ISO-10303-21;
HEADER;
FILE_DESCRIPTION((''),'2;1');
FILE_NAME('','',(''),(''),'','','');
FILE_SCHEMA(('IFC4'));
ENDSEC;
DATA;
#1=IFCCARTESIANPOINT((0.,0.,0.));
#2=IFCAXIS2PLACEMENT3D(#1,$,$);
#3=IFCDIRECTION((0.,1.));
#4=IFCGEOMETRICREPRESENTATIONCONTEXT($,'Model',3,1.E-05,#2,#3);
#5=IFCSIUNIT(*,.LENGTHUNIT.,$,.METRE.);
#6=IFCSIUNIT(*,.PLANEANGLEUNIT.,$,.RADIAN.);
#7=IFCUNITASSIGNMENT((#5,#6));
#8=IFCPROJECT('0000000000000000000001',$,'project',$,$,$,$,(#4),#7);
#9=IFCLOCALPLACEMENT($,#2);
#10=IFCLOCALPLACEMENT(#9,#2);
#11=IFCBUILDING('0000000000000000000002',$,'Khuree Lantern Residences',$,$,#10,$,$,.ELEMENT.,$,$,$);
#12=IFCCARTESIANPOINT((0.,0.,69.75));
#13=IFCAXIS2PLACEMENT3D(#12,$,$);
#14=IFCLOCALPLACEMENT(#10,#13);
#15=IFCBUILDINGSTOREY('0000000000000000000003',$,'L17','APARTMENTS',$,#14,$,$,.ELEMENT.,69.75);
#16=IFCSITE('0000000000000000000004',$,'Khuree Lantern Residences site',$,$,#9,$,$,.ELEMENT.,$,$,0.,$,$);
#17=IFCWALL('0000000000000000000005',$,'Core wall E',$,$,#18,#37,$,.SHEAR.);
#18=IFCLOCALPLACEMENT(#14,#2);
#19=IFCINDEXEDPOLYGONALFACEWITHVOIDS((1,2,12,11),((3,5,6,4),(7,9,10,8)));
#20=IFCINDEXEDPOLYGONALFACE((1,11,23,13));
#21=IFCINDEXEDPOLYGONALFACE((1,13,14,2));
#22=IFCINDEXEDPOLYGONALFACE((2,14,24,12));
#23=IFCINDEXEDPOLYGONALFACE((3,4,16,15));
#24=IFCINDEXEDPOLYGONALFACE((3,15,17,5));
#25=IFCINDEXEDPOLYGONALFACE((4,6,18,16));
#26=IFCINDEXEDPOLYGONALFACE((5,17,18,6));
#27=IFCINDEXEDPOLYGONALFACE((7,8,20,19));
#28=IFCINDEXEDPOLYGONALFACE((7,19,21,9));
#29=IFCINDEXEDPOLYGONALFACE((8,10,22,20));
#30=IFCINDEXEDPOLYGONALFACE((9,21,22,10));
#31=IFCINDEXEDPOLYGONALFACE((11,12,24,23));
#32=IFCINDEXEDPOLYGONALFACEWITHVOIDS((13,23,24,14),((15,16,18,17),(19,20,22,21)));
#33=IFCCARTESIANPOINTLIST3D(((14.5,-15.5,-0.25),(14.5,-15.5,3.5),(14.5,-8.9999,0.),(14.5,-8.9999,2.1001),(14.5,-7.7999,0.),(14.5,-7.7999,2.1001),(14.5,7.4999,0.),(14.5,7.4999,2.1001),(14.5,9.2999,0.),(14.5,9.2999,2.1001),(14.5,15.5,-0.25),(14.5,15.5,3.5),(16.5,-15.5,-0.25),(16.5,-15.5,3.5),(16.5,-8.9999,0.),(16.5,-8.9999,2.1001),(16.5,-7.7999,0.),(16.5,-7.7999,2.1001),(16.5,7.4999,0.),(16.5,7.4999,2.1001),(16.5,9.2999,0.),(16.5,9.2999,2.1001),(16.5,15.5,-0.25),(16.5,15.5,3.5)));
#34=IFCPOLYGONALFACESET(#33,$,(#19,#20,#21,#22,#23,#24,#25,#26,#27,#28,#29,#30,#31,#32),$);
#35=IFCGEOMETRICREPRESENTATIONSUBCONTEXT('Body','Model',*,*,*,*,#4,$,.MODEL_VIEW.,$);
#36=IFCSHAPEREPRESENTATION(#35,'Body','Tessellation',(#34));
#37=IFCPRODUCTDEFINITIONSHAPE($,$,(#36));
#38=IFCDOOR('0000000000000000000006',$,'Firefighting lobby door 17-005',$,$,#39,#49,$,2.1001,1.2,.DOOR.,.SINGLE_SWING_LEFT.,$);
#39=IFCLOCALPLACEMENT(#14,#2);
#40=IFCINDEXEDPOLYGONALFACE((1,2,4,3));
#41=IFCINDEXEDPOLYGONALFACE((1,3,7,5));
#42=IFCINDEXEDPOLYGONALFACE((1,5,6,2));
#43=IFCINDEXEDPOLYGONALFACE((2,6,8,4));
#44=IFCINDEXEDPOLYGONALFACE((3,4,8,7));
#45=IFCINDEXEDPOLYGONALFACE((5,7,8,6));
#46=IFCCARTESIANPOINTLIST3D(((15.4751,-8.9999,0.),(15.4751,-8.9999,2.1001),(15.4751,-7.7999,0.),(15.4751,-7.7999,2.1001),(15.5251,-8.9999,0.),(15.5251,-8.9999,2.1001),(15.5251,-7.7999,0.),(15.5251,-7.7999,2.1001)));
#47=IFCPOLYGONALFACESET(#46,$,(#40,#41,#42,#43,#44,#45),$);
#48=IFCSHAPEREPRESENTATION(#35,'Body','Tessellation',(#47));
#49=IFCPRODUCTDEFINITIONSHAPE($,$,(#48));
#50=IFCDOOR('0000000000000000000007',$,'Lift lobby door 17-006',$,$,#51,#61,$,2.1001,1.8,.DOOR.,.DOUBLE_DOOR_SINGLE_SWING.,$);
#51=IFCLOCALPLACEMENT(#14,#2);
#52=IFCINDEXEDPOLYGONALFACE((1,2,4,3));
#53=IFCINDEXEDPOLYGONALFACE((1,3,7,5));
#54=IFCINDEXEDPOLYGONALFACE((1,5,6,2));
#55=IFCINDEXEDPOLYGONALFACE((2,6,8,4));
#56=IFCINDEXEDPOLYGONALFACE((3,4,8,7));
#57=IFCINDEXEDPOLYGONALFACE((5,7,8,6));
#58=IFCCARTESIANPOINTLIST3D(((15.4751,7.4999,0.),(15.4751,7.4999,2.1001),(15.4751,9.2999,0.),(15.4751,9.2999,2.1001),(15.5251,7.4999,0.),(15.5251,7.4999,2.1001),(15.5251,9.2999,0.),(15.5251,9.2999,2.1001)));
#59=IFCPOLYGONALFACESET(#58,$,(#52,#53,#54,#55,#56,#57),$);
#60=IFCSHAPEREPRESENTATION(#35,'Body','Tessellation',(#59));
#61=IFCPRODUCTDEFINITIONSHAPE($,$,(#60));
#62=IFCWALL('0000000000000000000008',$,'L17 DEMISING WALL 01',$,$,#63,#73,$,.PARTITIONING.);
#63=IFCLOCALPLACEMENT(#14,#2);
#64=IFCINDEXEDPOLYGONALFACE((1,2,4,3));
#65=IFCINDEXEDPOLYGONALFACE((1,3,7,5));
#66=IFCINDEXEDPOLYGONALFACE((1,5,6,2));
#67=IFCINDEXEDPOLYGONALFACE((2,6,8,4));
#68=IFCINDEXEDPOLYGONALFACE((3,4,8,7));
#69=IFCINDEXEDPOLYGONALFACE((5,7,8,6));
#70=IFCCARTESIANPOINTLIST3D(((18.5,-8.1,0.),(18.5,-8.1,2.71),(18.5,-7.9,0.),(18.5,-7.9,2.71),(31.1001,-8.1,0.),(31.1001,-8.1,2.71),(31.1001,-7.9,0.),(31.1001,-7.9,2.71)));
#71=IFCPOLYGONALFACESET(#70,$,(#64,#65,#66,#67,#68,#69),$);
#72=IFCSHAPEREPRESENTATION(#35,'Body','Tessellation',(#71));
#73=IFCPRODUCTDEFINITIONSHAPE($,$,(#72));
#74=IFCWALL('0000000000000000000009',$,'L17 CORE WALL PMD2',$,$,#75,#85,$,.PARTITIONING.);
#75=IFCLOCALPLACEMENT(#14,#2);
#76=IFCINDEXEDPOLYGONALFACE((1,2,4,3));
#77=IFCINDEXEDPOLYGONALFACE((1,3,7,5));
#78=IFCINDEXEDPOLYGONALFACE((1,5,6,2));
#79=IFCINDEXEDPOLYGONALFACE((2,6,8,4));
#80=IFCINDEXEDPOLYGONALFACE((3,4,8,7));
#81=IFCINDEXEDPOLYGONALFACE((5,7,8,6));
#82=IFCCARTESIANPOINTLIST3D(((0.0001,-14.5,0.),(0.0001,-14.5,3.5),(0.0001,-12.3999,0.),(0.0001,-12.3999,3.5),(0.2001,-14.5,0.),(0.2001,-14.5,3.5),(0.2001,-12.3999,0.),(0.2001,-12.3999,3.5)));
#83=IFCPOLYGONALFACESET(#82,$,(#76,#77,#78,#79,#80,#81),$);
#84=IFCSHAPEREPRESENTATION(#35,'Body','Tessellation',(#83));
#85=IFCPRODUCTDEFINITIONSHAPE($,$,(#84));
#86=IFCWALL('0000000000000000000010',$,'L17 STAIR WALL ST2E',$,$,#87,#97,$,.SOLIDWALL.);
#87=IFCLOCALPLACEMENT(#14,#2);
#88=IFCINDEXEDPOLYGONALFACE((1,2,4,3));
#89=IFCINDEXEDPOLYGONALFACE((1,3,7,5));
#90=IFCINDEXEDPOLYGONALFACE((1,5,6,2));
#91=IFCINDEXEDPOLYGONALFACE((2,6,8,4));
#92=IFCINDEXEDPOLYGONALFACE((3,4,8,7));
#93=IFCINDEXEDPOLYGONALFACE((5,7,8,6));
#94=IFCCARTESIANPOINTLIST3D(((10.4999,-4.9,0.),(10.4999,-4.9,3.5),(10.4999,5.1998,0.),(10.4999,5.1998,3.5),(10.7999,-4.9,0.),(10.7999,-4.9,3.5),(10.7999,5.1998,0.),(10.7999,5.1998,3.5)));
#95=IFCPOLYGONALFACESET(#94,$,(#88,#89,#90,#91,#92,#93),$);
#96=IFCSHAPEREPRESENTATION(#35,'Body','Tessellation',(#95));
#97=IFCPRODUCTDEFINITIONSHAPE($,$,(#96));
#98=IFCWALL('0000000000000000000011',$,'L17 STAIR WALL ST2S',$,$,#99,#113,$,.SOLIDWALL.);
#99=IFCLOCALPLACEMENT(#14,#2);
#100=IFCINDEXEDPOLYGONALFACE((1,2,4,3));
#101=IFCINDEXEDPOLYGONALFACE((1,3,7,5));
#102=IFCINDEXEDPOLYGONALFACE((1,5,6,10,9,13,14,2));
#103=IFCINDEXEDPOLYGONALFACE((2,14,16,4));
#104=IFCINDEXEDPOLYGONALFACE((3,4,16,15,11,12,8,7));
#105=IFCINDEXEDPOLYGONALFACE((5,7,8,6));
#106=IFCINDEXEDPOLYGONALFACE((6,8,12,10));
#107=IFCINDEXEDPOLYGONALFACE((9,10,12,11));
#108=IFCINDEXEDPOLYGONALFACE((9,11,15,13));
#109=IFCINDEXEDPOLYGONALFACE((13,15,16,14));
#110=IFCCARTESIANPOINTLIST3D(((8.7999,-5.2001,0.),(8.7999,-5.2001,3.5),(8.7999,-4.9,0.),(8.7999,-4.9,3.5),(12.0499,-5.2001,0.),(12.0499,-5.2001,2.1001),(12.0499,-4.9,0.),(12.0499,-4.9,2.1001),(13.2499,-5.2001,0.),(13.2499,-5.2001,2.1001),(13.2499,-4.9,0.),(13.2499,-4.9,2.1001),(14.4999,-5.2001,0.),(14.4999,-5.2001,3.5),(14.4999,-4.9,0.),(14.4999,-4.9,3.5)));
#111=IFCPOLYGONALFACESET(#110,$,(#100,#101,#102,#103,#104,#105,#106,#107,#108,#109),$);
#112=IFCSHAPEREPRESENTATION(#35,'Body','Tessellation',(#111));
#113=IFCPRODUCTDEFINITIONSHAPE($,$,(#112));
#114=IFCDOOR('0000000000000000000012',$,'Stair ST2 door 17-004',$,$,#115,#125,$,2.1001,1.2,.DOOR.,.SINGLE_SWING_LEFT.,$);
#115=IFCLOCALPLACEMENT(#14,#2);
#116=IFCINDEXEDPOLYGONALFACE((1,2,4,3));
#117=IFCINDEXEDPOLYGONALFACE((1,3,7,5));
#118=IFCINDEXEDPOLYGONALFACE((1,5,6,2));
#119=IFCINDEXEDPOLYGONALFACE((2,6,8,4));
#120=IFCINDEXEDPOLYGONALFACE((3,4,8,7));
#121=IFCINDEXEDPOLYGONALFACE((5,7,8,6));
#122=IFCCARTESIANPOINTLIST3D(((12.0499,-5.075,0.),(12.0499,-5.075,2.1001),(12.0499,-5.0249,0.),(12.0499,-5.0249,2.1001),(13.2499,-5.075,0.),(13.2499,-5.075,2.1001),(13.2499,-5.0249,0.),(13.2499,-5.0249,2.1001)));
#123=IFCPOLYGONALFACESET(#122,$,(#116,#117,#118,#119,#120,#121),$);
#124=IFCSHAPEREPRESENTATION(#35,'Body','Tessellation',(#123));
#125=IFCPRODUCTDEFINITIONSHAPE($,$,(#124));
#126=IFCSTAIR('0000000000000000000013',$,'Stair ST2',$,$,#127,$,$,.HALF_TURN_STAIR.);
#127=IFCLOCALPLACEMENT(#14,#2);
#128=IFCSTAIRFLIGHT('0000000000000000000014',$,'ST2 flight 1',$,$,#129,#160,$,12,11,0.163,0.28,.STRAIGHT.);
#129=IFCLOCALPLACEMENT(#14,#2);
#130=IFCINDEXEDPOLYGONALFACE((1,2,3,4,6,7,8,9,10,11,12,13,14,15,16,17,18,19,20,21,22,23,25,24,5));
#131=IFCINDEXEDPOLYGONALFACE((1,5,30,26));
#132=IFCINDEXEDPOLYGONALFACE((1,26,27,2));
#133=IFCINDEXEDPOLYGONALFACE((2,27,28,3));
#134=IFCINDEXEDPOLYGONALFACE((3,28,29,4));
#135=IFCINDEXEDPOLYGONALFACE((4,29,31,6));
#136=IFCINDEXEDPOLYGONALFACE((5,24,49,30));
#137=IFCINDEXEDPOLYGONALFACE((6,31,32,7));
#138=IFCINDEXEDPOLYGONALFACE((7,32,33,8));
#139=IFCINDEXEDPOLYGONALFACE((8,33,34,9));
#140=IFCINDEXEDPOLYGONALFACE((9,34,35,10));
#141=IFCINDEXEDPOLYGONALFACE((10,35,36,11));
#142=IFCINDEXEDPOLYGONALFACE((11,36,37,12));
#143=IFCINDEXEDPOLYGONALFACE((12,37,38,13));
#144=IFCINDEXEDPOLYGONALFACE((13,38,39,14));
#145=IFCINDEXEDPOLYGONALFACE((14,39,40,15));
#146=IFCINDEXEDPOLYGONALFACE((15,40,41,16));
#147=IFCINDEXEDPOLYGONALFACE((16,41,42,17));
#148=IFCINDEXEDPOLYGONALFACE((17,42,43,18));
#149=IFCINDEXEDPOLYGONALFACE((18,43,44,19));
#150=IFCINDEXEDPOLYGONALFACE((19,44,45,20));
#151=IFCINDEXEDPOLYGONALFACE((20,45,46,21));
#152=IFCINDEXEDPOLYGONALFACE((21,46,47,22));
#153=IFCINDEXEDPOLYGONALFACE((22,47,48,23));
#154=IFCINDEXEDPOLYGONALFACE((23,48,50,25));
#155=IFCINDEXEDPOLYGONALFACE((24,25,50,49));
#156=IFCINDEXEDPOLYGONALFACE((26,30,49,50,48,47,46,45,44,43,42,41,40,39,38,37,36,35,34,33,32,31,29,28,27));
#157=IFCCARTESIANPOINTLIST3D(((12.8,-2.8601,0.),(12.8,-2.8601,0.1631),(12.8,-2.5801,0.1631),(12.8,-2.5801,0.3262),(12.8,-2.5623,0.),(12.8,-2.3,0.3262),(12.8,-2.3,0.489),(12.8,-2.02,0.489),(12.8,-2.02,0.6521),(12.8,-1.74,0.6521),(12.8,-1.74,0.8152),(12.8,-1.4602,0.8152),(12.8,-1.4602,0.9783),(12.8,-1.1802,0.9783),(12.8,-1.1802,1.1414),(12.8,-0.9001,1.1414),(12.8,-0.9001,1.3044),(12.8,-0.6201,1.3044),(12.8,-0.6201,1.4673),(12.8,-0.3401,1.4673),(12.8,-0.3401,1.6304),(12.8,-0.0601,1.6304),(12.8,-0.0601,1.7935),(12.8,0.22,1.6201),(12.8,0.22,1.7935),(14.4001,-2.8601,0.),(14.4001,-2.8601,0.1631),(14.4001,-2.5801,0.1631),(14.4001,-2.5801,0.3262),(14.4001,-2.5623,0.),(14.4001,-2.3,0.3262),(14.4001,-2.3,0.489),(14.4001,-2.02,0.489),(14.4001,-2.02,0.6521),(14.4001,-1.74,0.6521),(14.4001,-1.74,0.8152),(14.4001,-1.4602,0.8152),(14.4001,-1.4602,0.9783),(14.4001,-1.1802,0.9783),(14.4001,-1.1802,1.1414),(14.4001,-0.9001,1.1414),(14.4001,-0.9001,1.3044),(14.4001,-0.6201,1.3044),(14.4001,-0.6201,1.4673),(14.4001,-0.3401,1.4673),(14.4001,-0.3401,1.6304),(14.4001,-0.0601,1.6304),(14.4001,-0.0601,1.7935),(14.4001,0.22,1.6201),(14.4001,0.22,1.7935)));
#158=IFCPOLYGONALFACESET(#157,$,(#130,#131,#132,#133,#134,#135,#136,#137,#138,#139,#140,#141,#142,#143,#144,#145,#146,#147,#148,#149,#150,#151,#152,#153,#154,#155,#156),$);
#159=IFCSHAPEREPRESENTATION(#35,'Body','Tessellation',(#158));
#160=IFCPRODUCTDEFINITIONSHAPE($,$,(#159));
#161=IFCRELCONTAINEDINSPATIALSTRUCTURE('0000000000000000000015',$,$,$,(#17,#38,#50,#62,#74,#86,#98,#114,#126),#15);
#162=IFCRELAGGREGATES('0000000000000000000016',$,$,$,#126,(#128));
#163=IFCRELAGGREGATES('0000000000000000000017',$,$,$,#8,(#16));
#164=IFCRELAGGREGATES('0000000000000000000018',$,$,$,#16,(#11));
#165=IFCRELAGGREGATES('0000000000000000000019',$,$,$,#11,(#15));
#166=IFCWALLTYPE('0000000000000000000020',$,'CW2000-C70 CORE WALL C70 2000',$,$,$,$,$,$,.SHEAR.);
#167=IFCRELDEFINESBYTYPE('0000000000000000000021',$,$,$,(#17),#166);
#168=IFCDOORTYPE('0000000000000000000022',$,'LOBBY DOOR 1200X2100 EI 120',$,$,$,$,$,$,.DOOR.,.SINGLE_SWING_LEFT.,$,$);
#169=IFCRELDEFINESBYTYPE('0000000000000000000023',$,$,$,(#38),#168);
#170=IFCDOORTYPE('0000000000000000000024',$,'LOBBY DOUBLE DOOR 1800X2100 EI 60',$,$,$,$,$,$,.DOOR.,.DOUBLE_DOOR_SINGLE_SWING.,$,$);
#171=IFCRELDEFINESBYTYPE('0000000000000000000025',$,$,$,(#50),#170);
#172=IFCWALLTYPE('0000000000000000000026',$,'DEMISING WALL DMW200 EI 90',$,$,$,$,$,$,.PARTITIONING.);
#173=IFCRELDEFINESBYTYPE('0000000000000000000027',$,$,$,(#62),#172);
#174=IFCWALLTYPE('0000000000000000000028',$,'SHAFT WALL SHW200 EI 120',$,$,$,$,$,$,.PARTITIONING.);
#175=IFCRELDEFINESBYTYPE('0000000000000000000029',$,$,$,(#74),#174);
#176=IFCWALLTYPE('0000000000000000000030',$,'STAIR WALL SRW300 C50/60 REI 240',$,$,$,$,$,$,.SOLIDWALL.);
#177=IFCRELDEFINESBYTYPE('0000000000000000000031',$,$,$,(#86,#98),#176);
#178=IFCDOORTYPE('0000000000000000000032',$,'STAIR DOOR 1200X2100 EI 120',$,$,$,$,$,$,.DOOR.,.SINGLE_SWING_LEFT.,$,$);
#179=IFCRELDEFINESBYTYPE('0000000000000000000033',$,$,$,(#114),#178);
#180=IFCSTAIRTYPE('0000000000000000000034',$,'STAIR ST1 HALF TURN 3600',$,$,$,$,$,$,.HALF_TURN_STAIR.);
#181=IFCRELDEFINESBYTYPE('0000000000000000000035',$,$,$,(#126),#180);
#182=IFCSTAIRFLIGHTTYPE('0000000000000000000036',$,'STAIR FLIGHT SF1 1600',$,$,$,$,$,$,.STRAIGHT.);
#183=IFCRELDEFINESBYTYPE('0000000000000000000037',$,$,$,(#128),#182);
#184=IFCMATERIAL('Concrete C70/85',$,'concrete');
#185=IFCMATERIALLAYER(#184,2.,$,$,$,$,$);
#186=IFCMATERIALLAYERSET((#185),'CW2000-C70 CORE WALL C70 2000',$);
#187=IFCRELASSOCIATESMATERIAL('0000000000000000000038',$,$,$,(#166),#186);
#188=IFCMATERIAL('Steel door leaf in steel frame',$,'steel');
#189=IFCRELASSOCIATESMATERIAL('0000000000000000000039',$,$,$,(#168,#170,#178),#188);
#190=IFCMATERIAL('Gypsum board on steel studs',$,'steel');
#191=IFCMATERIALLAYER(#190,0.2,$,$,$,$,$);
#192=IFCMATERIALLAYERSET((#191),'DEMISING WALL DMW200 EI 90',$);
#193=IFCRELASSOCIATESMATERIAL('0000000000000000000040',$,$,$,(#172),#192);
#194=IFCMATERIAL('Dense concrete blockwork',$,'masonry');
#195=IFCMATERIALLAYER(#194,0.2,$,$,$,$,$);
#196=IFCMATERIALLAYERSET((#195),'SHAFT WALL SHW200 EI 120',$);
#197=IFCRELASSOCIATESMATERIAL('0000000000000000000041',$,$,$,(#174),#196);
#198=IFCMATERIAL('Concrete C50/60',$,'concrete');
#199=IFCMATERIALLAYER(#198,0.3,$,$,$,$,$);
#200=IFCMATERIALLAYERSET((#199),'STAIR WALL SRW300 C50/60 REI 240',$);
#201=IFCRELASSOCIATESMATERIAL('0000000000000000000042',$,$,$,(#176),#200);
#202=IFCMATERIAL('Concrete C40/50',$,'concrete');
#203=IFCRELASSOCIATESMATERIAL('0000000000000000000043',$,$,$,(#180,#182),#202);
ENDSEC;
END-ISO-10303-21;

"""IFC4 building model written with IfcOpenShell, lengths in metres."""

from ifc_helpers import new_model, si_unit, direction, frame, frame_2d, origin, place, context, subcontext, project, spatial, polyline, rectangle, outline, extrude, material, layer, layer_set, type_object, element, fill, aggregate, save


model = new_model("IFC4")

# Units and contexts
model_context = context("Model", 3, precision=1e-05, world=origin(), true_north=direction((0.0, 1.0)))
body_context = subcontext(model_context, "Body", "Model", "MODEL_VIEW")
ifc_project = project(units=[si_unit("LENGTHUNIT", "METRE"), si_unit("PLANEANGLEUNIT", "RADIAN")], contexts=[model_context])

# Site, building, storey
site_placement = place(None, origin())
site = spatial("IfcSite", under=ifc_project, at=site_placement, Name="Khuree Lantern Residences site", CompositionType="ELEMENT", RefElevation=0.0)
building_placement = place(site_placement, origin())
building = spatial("IfcBuilding", under=site, at=building_placement, Name="Khuree Lantern Residences", CompositionType="ELEMENT")
storey_placement = place(building_placement, frame((0.0, 0.0, 69.75)))
storey = spatial("IfcBuildingStorey", under=building, at=storey_placement, Name="L17", Description="APARTMENTS", CompositionType="ELEMENT", Elevation=69.75)

# Shared definitions
ifc_material_1 = material(Name="Concrete C70/85", Category="concrete")

# Shared definitions
ifc_material_2 = material(Name="Dense concrete blockwork", Category="masonry")

# Shared definitions
ifc_material_3 = material(Name="Gypsum board on steel studs", Category="steel")

# Wall, openings, doors
ifc_layer_1 = layer(ifc_material_1, 2.0)
ifc_layer_set_1 = layer_set([ifc_layer_1], Name="CW2000-C70 CORE WALL C70 2000")
wall_type_1 = type_object("IfcWallType", Name="CW2000-C70 CORE WALL C70 2000", PredefinedType="SHEAR", material=ifc_layer_set_1)
wall_1_placement = place(storey_placement, frame((15.5, -15.5, -0.25), z_axis=(0.0, 0.0, 1.0), x_axis=(0.0, 1.0, 0.0)))
wall_1 = element("IfcWall", 1, at=wall_1_placement, inside=storey, type_object=wall_type_1, Name="Core wall E", PredefinedType="SHEAR", context=body_context, shape_type="SweptSolid", body=[
    extrude(rectangle(XDim=31.0, YDim=2.0, at=frame_2d((15.5, 0.0))), origin(), (0.0, 0.0, 1.0), 3.75),
])
opening_1_placement = place(wall_1_placement, frame((6.5, 0.0, 0.25)))
opening_1 = element("IfcOpeningElement", 2, at=opening_1_placement, cuts=wall_1, PredefinedType="OPENING", context=body_context, shape_type="SweptSolid", body=[
    extrude(rectangle(XDim=1.2, YDim=2.1001, at=frame_2d((0.6001, 1.05))), frame((0.0, 1.01, 0.0), z_axis=(0.0, -1.0, 0.0), x_axis=(1.0, 0.0, 0.0)), (0.0, 0.0, 1.0), 2.02),
])
opening_2_placement = place(wall_1_placement, frame((23.0, 0.0, 0.25)))
opening_2 = element("IfcOpeningElement", 3, at=opening_2_placement, cuts=wall_1, PredefinedType="OPENING", context=body_context, shape_type="SweptSolid", body=[
    extrude(rectangle(XDim=1.8, YDim=2.1001, at=frame_2d((0.8999, 1.05))), frame((0.0, 1.01, 0.0), z_axis=(0.0, -1.0, 0.0), x_axis=(1.0, 0.0, 0.0)), (0.0, 0.0, 1.0), 2.02),
])
ifc_material_4 = material(Name="Steel door leaf in steel frame", Category="steel")
door_type_1 = type_object("IfcDoorType", Name="LOBBY DOOR 1200X2100 EI 120", OperationType="SINGLE_SWING_LEFT", PredefinedType="DOOR", material=ifc_material_4)
door_1_placement = place(opening_1_placement, origin())
door_1 = element("IfcDoor", 4, at=door_1_placement, inside=storey, type_object=door_type_1, Name="Firefighting lobby door 17-005", OperationType="SINGLE_SWING_LEFT", OverallHeight=2.1001, OverallWidth=1.2, PredefinedType="DOOR", context=body_context, shape_type="SweptSolid", body=[
    extrude(rectangle(XDim=1.2, YDim=2.1001, at=frame_2d((0.6001, 1.05))), frame((0.0, 0.0249, 0.0), z_axis=(0.0, -1.0, 0.0), x_axis=(1.0, 0.0, 0.0)), (0.0, 0.0, 1.0), 0.05),
])
fill(opening_1, door_1)
door_type_2 = type_object("IfcDoorType", Name="LOBBY DOUBLE DOOR 1800X2100 EI 60", OperationType="DOUBLE_DOOR_SINGLE_SWING", PredefinedType="DOOR", material=ifc_material_4)
door_2_placement = place(opening_2_placement, origin())
door_2 = element("IfcDoor", 5, at=door_2_placement, inside=storey, type_object=door_type_2, Name="Lift lobby door 17-006", OperationType="DOUBLE_DOOR_SINGLE_SWING", OverallHeight=2.1001, OverallWidth=1.8, PredefinedType="DOOR", context=body_context, shape_type="SweptSolid", body=[
    extrude(rectangle(XDim=1.8, YDim=2.1001, at=frame_2d((0.8999, 1.05))), frame((0.0, 0.0249, 0.0), z_axis=(0.0, -1.0, 0.0), x_axis=(1.0, 0.0, 0.0)), (0.0, 0.0, 1.0), 0.05),
])
fill(opening_2, door_2)

# Walls
ifc_layer_2 = layer(ifc_material_3, 0.2)
ifc_layer_set_2 = layer_set([ifc_layer_2], Name="DEMISING WALL DMW200 EI 90")
wall_type_2 = type_object("IfcWallType", Name="DEMISING WALL DMW200 EI 90", PredefinedType="PARTITIONING", material=ifc_layer_set_2)
wall_2_placement = place(storey_placement, frame((18.5, -8.0, 0.0), z_axis=(0.0, 0.0, 1.0), x_axis=(1.0, 0.0, 0.0)))
element("IfcWall", 6, at=wall_2_placement, inside=storey, type_object=wall_type_2, Name="L17 DEMISING WALL 01", PredefinedType="PARTITIONING", context=body_context, shape_type="SweptSolid", body=[
    extrude(rectangle(XDim=12.6001, YDim=0.2, at=frame_2d((6.3, 0.0))), origin(), (0.0, 0.0, 1.0), 2.71),
])
ifc_layer_3 = layer(ifc_material_2, 0.2)
ifc_layer_set_3 = layer_set([ifc_layer_3], Name="SHAFT WALL SHW200 EI 120")
wall_type_3 = type_object("IfcWallType", Name="SHAFT WALL SHW200 EI 120", PredefinedType="PARTITIONING", material=ifc_layer_set_3)
wall_3_placement = place(storey_placement, frame((0.1001, -14.5, 0.0), z_axis=(0.0, 0.0, 1.0), x_axis=(0.0, 1.0, 0.0)))
element("IfcWall", 7, at=wall_3_placement, inside=storey, type_object=wall_type_3, Name="L17 CORE WALL PMD2", PredefinedType="PARTITIONING", context=body_context, shape_type="SweptSolid", body=[
    extrude(rectangle(XDim=2.1001, YDim=0.2, at=frame_2d((1.05, 0.0))), origin(), (0.0, 0.0, 1.0), 3.5),
])
ifc_material_5 = material(Name="Concrete C50/60", Category="concrete")
ifc_layer_4 = layer(ifc_material_5, 0.3)
ifc_layer_set_4 = layer_set([ifc_layer_4], Name="STAIR WALL SRW300 C50/60 REI 240")
wall_type_4 = type_object("IfcWallType", Name="STAIR WALL SRW300 C50/60 REI 240", PredefinedType="SOLIDWALL", material=ifc_layer_set_4)
wall_4_placement = place(storey_placement, frame((10.6499, -4.8999, 0.0), z_axis=(0.0, 0.0, 1.0), x_axis=(0.0, 1.0, 0.0)))
element("IfcWall", 8, at=wall_4_placement, inside=storey, type_object=wall_type_4, Name="L17 STAIR WALL ST2E", PredefinedType="SOLIDWALL", context=body_context, shape_type="SweptSolid", body=[
    extrude(rectangle(XDim=10.0999, YDim=0.3, at=frame_2d((5.0498, 0.0))), origin(), (0.0, 0.0, 1.0), 3.5),
])

# Wall, opening, door
wall_5_placement = place(storey_placement, frame((14.5, -5.05, 0.0), z_axis=(0.0, 0.0, 1.0), x_axis=(-1.0, 0.0, 0.0)))
wall_5 = element("IfcWall", 9, at=wall_5_placement, inside=storey, type_object=wall_type_4, Name="L17 STAIR WALL ST2S", PredefinedType="SOLIDWALL", context=body_context, shape_type="SweptSolid", body=[
    extrude(rectangle(XDim=5.7, YDim=0.3, at=frame_2d((2.8501, 0.0))), origin(), (0.0, 0.0, 1.0), 3.5),
])
opening_3_placement = place(wall_5_placement, frame((1.25, 0.0, 0.0)))
opening_3 = element("IfcOpeningElement", 10, at=opening_3_placement, cuts=wall_5, PredefinedType="OPENING", context=body_context, shape_type="SweptSolid", body=[
    extrude(rectangle(XDim=1.2, YDim=2.1001, at=frame_2d((0.6001, 1.05))), frame((0.0, 0.1602, 0.0), z_axis=(0.0, -1.0, 0.0), x_axis=(1.0, 0.0, 0.0)), (0.0, 0.0, 1.0), 0.3201),
])
door_type_3 = type_object("IfcDoorType", Name="STAIR DOOR 1200X2100 EI 120", OperationType="SINGLE_SWING_LEFT", PredefinedType="DOOR", material=ifc_material_4)
door_3_placement = place(opening_3_placement, origin())
door_3 = element("IfcDoor", 11, at=door_3_placement, inside=storey, type_object=door_type_3, Name="Stair ST2 door 17-004", OperationType="SINGLE_SWING_LEFT", OverallHeight=2.1001, OverallWidth=1.2, PredefinedType="DOOR", context=body_context, shape_type="SweptSolid", body=[
    extrude(rectangle(XDim=1.2, YDim=2.1001, at=frame_2d((0.6001, 1.05))), frame((0.0, 0.0249, 0.0), z_axis=(0.0, -1.0, 0.0), x_axis=(1.0, 0.0, 0.0)), (0.0, 0.0, 1.0), 0.05),
])
fill(opening_3, door_3)

# Stair, stair flight
ifc_material_6 = material(Name="Concrete C40/50", Category="concrete")
stair_type = type_object("IfcStairType", Name="STAIR ST1 HALF TURN 3600", PredefinedType="HALF_TURN_STAIR", material=ifc_material_6)
stair_placement = place(storey_placement, origin())
stair = element("IfcStair", 12, at=stair_placement, inside=storey, type_object=stair_type, Name="Stair ST2", PredefinedType="HALF_TURN_STAIR")
stair_flight_type = type_object("IfcStairFlightType", Name="STAIR FLIGHT SF1 1600", PredefinedType="STRAIGHT", material=ifc_material_6)
stair_flight_placement = place(storey_placement, frame((13.6001, -2.8601, 0.0), z_axis=(0.0, 0.0, 1.0), x_axis=(0.0, 1.0, 0.0)))
stair_flight = element("IfcStairFlight", 13, at=stair_flight_placement, type_object=stair_flight_type, Name="ST2 flight 1", NumberOfRisers=12, NumberOfTreads=11, PredefinedType="STRAIGHT", RiserHeight=0.163, TreadLength=0.28, context=body_context, shape_type="SweptSolid", body=[
    extrude(outline(polyline([(0.0, 0.0), (0.0, 0.1631), (0.28, 0.1631), (0.28, 0.3262), (0.5601, 0.3262), (0.5601, 0.489), (0.8401, 0.489), (0.8401, 0.6521), (1.1201, 0.6521), (1.1201, 0.8152), (1.3999, 0.8152), (1.3999, 0.9783), (1.6799, 0.9783), (1.6799, 1.1414), (1.96, 1.1414), (1.96, 1.3044), (2.24, 1.3044), (2.24, 1.4673), (2.52, 1.4673), (2.52, 1.6304), (2.8, 1.6304), (2.8, 1.7935), (3.0801, 1.7935), (3.0801, 1.9565), (3.0801, 1.6201), (0.2979, 0.0), (0.0, 0.0)])), frame((0.0, 0.8, 0.0), z_axis=(0.0, -1.0, 0.0), x_axis=(1.0, 0.0, 0.0)), (0.0, 0.0, 1.0), 1.6001),
])
aggregate(stair, [stair_flight])

save(model, "model.ifc")
